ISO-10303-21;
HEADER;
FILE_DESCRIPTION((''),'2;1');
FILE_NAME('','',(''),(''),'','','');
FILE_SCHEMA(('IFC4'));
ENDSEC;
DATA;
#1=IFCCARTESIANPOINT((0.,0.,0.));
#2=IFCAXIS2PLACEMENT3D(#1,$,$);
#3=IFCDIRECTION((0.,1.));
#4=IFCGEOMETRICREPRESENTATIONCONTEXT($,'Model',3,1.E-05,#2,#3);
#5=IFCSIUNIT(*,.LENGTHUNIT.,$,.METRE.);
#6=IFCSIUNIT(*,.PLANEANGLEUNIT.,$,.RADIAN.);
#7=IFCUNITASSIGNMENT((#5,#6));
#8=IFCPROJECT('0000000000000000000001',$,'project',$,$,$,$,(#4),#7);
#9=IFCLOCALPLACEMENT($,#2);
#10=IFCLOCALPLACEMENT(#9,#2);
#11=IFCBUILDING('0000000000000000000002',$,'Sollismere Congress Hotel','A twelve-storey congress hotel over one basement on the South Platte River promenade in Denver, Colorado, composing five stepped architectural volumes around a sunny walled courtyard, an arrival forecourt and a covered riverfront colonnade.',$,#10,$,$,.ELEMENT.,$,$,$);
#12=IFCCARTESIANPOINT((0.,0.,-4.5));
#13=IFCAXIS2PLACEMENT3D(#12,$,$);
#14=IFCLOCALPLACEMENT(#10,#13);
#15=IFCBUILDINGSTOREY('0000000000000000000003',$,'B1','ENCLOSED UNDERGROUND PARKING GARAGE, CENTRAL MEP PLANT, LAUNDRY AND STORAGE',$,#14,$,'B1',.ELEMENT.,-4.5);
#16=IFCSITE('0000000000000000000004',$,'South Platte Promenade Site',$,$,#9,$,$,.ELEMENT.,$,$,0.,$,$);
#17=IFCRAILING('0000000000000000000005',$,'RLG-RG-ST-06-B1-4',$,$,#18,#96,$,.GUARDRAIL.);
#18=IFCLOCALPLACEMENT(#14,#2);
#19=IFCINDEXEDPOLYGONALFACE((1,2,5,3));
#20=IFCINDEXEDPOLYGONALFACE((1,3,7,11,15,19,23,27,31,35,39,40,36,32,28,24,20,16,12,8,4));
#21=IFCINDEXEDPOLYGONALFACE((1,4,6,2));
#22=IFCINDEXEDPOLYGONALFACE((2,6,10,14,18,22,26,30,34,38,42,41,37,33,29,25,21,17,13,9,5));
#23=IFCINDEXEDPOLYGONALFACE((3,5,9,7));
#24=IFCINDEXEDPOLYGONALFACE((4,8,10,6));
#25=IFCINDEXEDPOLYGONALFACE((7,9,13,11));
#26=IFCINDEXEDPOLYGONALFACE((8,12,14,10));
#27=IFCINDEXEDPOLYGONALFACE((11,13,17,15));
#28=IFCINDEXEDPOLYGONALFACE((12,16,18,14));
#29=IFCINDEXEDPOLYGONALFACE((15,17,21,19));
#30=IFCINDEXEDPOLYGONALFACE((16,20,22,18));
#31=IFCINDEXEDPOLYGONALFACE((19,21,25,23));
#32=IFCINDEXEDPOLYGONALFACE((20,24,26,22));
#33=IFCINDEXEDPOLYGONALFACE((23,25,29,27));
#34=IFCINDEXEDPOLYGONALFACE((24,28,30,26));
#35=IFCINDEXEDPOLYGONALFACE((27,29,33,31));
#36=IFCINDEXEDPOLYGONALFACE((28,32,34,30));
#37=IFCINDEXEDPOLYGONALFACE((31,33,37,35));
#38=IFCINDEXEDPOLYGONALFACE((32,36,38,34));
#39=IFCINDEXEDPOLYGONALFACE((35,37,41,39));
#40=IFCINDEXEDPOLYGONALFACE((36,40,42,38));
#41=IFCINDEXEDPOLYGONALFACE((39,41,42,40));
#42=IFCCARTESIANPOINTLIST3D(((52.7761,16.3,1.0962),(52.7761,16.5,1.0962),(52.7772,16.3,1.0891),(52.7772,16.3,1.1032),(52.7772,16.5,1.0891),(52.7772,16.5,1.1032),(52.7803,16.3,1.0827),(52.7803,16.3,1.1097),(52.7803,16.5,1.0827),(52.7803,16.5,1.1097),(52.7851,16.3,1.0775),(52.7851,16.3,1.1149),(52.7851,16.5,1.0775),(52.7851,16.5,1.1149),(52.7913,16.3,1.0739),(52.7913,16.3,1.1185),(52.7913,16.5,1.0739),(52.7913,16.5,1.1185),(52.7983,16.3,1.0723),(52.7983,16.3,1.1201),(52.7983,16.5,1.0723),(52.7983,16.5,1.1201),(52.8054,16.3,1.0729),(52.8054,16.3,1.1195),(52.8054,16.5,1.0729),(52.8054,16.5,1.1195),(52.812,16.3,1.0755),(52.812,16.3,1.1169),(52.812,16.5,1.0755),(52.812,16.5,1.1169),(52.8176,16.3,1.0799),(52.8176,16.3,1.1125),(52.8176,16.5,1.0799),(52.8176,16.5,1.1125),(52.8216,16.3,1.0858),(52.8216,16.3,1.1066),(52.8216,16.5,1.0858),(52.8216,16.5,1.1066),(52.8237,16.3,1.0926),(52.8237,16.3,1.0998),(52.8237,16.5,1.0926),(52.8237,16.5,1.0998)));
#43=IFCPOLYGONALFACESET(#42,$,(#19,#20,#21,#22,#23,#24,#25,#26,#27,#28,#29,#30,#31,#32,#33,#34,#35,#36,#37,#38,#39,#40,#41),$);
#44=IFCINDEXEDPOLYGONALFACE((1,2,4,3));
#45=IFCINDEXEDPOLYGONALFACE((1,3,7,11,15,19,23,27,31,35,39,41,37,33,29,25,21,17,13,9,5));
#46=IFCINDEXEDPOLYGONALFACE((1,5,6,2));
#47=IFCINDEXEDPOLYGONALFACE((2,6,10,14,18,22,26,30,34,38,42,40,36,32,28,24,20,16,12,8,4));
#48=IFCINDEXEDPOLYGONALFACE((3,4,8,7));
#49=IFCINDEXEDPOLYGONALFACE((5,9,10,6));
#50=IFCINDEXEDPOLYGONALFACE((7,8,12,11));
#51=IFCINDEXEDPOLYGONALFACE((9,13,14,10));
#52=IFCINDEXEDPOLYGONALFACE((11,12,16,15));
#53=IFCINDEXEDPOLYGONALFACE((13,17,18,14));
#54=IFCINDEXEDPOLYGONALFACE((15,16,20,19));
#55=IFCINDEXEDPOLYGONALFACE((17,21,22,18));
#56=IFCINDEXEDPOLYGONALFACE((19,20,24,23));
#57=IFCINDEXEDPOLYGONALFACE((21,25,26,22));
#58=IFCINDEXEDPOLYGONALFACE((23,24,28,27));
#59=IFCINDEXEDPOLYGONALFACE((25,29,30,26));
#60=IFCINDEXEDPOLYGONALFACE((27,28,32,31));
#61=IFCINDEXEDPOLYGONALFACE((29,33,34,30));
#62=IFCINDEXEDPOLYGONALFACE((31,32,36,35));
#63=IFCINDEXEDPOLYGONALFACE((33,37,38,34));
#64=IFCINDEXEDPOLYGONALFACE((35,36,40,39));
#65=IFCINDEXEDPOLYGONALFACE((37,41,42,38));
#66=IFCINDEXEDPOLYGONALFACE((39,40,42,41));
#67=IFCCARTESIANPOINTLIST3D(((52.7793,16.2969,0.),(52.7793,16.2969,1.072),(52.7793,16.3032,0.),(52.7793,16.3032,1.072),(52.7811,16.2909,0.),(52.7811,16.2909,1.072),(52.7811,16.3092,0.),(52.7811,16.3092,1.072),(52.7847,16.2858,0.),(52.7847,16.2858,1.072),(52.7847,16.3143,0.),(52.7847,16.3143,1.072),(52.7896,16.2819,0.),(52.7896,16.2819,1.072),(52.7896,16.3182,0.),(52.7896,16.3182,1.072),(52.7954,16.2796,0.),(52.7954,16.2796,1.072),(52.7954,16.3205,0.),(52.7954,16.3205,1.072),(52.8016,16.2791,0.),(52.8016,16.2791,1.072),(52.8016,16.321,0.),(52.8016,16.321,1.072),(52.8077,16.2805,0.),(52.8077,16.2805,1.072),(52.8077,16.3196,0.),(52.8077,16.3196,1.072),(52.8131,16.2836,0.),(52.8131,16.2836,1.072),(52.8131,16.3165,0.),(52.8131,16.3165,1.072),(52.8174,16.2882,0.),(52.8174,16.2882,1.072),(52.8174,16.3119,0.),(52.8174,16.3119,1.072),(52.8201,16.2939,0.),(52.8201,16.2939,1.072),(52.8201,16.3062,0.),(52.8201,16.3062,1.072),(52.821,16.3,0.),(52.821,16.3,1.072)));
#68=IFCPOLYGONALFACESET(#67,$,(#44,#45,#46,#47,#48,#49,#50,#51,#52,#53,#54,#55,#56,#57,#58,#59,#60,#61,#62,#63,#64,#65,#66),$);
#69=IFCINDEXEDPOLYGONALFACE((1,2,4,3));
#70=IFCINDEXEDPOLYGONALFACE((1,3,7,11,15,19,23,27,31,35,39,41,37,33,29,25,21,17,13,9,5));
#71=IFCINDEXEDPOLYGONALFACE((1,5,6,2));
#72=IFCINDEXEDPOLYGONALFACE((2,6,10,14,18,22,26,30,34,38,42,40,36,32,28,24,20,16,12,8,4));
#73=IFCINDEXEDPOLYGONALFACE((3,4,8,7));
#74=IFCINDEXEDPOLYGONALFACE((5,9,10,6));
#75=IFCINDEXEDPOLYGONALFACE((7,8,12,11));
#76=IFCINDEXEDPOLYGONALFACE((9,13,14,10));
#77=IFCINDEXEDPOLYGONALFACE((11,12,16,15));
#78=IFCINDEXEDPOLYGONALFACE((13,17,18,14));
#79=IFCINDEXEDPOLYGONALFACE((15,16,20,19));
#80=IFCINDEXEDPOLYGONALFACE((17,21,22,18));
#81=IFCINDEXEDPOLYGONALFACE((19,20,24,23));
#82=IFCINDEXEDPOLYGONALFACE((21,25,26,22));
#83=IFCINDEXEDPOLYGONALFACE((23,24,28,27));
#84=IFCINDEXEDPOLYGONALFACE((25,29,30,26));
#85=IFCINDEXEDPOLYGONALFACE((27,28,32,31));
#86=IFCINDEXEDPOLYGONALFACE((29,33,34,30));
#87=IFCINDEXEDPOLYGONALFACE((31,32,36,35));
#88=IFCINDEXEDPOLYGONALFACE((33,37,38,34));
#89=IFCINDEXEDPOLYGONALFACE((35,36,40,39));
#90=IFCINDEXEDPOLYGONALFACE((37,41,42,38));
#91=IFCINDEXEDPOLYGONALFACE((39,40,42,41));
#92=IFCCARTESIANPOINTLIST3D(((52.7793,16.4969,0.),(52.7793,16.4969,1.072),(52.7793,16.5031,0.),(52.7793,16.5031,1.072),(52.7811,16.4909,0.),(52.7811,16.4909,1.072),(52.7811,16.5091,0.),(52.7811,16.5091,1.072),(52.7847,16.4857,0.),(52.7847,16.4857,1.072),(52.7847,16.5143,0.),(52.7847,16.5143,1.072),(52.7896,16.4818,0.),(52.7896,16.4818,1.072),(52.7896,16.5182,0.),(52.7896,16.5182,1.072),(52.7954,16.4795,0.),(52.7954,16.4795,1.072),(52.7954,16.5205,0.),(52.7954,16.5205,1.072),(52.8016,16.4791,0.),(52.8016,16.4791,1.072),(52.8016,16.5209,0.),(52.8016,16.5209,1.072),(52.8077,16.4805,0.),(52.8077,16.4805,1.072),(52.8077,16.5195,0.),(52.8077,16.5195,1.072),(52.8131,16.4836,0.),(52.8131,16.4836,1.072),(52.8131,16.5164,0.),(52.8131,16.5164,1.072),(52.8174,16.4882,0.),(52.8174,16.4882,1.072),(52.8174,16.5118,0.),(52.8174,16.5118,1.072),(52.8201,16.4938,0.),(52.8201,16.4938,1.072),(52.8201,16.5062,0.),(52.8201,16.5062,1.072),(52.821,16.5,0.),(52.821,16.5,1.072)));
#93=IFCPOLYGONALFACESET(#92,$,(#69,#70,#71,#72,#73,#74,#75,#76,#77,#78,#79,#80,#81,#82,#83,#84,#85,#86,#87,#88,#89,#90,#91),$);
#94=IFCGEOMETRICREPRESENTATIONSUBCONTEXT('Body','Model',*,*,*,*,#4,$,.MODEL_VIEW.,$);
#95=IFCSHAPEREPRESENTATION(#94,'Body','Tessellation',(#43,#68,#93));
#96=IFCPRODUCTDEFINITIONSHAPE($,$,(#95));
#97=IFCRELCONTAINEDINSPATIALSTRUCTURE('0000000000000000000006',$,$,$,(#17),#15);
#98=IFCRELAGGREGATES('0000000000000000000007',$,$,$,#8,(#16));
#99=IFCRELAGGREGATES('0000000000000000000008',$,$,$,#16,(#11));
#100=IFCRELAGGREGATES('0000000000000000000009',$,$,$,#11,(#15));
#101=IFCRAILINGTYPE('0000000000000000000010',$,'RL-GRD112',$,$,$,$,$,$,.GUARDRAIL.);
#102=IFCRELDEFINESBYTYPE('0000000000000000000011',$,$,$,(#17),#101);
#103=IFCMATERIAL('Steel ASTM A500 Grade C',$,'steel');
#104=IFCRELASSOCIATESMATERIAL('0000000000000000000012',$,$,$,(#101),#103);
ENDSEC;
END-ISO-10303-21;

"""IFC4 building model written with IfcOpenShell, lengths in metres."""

from ifc_helpers import new_model, si_unit, direction, frame, origin, origin_2d, place, context, subcontext, project, spatial, circle, extrude, material, type_object, element, save


model = new_model("IFC4")

# Units and contexts
model_context = context("Model", 3, precision=1e-05, world=origin(), true_north=direction((0.0, 1.0)))
body_context = subcontext(model_context, "Body", "Model", "MODEL_VIEW")
ifc_project = project(units=[si_unit("LENGTHUNIT", "METRE"), si_unit("PLANEANGLEUNIT", "RADIAN")], contexts=[model_context])

# Site, building, storey
site_placement = place(None, origin())
site = spatial("IfcSite", under=ifc_project, at=site_placement, Name="South Platte Promenade Site", CompositionType="ELEMENT", RefElevation=0.0)
building_placement = place(site_placement, origin())
building = spatial("IfcBuilding", under=site, at=building_placement, Name="Sollismere Congress Hotel", Description="A twelve-storey congress hotel over one basement on the South Platte River promenade in Denver, Colorado, composing five stepped architectural volumes around a sunny walled courtyard, an arrival forecourt and a covered riverfront colonnade.", CompositionType="ELEMENT")
storey_placement = place(building_placement, frame((0.0, 0.0, -4.5)))
storey = spatial("IfcBuildingStorey", under=building, at=storey_placement, Name="B1", Description="ENCLOSED UNDERGROUND PARKING GARAGE, CENTRAL MEP PLANT, LAUNDRY AND STORAGE", LongName="B1", CompositionType="ELEMENT", Elevation=-4.5)

# Railing
ifc_material_1 = material(Name="Steel ASTM A500 Grade C", Category="steel")
railing_type_1 = type_object("IfcRailingType", Name="RL-GRD112", PredefinedType="GUARDRAIL", material=ifc_material_1)
railing_1_placement = place(storey_placement, frame((52.8, 16.3, 0.0)))
element("IfcRailing", 1, at=railing_1_placement, inside=storey, type_object=railing_type_1, Name="RLG-RG-ST-06-B1-4", PredefinedType="GUARDRAIL", context=body_context, shape_type="SweptSolid", body=[
    extrude(circle(Radius=0.0239, at=origin_2d()), frame((0.0, 0.0, 1.0962), z_axis=(0.0, 1.0, 0.0), x_axis=(-1.0, 0.0, 0.0)), (0.0, 0.0, 1.0), 0.2),
    extrude(circle(Radius=0.021, at=origin_2d()), origin(), (0.0, 0.0, 1.0), 1.072),
    extrude(circle(Radius=0.021, at=origin_2d()), frame((0.0, 0.2, 0.0)), (0.0, 0.0, 1.0), 1.072),
])

save(model, "model.ifc")
